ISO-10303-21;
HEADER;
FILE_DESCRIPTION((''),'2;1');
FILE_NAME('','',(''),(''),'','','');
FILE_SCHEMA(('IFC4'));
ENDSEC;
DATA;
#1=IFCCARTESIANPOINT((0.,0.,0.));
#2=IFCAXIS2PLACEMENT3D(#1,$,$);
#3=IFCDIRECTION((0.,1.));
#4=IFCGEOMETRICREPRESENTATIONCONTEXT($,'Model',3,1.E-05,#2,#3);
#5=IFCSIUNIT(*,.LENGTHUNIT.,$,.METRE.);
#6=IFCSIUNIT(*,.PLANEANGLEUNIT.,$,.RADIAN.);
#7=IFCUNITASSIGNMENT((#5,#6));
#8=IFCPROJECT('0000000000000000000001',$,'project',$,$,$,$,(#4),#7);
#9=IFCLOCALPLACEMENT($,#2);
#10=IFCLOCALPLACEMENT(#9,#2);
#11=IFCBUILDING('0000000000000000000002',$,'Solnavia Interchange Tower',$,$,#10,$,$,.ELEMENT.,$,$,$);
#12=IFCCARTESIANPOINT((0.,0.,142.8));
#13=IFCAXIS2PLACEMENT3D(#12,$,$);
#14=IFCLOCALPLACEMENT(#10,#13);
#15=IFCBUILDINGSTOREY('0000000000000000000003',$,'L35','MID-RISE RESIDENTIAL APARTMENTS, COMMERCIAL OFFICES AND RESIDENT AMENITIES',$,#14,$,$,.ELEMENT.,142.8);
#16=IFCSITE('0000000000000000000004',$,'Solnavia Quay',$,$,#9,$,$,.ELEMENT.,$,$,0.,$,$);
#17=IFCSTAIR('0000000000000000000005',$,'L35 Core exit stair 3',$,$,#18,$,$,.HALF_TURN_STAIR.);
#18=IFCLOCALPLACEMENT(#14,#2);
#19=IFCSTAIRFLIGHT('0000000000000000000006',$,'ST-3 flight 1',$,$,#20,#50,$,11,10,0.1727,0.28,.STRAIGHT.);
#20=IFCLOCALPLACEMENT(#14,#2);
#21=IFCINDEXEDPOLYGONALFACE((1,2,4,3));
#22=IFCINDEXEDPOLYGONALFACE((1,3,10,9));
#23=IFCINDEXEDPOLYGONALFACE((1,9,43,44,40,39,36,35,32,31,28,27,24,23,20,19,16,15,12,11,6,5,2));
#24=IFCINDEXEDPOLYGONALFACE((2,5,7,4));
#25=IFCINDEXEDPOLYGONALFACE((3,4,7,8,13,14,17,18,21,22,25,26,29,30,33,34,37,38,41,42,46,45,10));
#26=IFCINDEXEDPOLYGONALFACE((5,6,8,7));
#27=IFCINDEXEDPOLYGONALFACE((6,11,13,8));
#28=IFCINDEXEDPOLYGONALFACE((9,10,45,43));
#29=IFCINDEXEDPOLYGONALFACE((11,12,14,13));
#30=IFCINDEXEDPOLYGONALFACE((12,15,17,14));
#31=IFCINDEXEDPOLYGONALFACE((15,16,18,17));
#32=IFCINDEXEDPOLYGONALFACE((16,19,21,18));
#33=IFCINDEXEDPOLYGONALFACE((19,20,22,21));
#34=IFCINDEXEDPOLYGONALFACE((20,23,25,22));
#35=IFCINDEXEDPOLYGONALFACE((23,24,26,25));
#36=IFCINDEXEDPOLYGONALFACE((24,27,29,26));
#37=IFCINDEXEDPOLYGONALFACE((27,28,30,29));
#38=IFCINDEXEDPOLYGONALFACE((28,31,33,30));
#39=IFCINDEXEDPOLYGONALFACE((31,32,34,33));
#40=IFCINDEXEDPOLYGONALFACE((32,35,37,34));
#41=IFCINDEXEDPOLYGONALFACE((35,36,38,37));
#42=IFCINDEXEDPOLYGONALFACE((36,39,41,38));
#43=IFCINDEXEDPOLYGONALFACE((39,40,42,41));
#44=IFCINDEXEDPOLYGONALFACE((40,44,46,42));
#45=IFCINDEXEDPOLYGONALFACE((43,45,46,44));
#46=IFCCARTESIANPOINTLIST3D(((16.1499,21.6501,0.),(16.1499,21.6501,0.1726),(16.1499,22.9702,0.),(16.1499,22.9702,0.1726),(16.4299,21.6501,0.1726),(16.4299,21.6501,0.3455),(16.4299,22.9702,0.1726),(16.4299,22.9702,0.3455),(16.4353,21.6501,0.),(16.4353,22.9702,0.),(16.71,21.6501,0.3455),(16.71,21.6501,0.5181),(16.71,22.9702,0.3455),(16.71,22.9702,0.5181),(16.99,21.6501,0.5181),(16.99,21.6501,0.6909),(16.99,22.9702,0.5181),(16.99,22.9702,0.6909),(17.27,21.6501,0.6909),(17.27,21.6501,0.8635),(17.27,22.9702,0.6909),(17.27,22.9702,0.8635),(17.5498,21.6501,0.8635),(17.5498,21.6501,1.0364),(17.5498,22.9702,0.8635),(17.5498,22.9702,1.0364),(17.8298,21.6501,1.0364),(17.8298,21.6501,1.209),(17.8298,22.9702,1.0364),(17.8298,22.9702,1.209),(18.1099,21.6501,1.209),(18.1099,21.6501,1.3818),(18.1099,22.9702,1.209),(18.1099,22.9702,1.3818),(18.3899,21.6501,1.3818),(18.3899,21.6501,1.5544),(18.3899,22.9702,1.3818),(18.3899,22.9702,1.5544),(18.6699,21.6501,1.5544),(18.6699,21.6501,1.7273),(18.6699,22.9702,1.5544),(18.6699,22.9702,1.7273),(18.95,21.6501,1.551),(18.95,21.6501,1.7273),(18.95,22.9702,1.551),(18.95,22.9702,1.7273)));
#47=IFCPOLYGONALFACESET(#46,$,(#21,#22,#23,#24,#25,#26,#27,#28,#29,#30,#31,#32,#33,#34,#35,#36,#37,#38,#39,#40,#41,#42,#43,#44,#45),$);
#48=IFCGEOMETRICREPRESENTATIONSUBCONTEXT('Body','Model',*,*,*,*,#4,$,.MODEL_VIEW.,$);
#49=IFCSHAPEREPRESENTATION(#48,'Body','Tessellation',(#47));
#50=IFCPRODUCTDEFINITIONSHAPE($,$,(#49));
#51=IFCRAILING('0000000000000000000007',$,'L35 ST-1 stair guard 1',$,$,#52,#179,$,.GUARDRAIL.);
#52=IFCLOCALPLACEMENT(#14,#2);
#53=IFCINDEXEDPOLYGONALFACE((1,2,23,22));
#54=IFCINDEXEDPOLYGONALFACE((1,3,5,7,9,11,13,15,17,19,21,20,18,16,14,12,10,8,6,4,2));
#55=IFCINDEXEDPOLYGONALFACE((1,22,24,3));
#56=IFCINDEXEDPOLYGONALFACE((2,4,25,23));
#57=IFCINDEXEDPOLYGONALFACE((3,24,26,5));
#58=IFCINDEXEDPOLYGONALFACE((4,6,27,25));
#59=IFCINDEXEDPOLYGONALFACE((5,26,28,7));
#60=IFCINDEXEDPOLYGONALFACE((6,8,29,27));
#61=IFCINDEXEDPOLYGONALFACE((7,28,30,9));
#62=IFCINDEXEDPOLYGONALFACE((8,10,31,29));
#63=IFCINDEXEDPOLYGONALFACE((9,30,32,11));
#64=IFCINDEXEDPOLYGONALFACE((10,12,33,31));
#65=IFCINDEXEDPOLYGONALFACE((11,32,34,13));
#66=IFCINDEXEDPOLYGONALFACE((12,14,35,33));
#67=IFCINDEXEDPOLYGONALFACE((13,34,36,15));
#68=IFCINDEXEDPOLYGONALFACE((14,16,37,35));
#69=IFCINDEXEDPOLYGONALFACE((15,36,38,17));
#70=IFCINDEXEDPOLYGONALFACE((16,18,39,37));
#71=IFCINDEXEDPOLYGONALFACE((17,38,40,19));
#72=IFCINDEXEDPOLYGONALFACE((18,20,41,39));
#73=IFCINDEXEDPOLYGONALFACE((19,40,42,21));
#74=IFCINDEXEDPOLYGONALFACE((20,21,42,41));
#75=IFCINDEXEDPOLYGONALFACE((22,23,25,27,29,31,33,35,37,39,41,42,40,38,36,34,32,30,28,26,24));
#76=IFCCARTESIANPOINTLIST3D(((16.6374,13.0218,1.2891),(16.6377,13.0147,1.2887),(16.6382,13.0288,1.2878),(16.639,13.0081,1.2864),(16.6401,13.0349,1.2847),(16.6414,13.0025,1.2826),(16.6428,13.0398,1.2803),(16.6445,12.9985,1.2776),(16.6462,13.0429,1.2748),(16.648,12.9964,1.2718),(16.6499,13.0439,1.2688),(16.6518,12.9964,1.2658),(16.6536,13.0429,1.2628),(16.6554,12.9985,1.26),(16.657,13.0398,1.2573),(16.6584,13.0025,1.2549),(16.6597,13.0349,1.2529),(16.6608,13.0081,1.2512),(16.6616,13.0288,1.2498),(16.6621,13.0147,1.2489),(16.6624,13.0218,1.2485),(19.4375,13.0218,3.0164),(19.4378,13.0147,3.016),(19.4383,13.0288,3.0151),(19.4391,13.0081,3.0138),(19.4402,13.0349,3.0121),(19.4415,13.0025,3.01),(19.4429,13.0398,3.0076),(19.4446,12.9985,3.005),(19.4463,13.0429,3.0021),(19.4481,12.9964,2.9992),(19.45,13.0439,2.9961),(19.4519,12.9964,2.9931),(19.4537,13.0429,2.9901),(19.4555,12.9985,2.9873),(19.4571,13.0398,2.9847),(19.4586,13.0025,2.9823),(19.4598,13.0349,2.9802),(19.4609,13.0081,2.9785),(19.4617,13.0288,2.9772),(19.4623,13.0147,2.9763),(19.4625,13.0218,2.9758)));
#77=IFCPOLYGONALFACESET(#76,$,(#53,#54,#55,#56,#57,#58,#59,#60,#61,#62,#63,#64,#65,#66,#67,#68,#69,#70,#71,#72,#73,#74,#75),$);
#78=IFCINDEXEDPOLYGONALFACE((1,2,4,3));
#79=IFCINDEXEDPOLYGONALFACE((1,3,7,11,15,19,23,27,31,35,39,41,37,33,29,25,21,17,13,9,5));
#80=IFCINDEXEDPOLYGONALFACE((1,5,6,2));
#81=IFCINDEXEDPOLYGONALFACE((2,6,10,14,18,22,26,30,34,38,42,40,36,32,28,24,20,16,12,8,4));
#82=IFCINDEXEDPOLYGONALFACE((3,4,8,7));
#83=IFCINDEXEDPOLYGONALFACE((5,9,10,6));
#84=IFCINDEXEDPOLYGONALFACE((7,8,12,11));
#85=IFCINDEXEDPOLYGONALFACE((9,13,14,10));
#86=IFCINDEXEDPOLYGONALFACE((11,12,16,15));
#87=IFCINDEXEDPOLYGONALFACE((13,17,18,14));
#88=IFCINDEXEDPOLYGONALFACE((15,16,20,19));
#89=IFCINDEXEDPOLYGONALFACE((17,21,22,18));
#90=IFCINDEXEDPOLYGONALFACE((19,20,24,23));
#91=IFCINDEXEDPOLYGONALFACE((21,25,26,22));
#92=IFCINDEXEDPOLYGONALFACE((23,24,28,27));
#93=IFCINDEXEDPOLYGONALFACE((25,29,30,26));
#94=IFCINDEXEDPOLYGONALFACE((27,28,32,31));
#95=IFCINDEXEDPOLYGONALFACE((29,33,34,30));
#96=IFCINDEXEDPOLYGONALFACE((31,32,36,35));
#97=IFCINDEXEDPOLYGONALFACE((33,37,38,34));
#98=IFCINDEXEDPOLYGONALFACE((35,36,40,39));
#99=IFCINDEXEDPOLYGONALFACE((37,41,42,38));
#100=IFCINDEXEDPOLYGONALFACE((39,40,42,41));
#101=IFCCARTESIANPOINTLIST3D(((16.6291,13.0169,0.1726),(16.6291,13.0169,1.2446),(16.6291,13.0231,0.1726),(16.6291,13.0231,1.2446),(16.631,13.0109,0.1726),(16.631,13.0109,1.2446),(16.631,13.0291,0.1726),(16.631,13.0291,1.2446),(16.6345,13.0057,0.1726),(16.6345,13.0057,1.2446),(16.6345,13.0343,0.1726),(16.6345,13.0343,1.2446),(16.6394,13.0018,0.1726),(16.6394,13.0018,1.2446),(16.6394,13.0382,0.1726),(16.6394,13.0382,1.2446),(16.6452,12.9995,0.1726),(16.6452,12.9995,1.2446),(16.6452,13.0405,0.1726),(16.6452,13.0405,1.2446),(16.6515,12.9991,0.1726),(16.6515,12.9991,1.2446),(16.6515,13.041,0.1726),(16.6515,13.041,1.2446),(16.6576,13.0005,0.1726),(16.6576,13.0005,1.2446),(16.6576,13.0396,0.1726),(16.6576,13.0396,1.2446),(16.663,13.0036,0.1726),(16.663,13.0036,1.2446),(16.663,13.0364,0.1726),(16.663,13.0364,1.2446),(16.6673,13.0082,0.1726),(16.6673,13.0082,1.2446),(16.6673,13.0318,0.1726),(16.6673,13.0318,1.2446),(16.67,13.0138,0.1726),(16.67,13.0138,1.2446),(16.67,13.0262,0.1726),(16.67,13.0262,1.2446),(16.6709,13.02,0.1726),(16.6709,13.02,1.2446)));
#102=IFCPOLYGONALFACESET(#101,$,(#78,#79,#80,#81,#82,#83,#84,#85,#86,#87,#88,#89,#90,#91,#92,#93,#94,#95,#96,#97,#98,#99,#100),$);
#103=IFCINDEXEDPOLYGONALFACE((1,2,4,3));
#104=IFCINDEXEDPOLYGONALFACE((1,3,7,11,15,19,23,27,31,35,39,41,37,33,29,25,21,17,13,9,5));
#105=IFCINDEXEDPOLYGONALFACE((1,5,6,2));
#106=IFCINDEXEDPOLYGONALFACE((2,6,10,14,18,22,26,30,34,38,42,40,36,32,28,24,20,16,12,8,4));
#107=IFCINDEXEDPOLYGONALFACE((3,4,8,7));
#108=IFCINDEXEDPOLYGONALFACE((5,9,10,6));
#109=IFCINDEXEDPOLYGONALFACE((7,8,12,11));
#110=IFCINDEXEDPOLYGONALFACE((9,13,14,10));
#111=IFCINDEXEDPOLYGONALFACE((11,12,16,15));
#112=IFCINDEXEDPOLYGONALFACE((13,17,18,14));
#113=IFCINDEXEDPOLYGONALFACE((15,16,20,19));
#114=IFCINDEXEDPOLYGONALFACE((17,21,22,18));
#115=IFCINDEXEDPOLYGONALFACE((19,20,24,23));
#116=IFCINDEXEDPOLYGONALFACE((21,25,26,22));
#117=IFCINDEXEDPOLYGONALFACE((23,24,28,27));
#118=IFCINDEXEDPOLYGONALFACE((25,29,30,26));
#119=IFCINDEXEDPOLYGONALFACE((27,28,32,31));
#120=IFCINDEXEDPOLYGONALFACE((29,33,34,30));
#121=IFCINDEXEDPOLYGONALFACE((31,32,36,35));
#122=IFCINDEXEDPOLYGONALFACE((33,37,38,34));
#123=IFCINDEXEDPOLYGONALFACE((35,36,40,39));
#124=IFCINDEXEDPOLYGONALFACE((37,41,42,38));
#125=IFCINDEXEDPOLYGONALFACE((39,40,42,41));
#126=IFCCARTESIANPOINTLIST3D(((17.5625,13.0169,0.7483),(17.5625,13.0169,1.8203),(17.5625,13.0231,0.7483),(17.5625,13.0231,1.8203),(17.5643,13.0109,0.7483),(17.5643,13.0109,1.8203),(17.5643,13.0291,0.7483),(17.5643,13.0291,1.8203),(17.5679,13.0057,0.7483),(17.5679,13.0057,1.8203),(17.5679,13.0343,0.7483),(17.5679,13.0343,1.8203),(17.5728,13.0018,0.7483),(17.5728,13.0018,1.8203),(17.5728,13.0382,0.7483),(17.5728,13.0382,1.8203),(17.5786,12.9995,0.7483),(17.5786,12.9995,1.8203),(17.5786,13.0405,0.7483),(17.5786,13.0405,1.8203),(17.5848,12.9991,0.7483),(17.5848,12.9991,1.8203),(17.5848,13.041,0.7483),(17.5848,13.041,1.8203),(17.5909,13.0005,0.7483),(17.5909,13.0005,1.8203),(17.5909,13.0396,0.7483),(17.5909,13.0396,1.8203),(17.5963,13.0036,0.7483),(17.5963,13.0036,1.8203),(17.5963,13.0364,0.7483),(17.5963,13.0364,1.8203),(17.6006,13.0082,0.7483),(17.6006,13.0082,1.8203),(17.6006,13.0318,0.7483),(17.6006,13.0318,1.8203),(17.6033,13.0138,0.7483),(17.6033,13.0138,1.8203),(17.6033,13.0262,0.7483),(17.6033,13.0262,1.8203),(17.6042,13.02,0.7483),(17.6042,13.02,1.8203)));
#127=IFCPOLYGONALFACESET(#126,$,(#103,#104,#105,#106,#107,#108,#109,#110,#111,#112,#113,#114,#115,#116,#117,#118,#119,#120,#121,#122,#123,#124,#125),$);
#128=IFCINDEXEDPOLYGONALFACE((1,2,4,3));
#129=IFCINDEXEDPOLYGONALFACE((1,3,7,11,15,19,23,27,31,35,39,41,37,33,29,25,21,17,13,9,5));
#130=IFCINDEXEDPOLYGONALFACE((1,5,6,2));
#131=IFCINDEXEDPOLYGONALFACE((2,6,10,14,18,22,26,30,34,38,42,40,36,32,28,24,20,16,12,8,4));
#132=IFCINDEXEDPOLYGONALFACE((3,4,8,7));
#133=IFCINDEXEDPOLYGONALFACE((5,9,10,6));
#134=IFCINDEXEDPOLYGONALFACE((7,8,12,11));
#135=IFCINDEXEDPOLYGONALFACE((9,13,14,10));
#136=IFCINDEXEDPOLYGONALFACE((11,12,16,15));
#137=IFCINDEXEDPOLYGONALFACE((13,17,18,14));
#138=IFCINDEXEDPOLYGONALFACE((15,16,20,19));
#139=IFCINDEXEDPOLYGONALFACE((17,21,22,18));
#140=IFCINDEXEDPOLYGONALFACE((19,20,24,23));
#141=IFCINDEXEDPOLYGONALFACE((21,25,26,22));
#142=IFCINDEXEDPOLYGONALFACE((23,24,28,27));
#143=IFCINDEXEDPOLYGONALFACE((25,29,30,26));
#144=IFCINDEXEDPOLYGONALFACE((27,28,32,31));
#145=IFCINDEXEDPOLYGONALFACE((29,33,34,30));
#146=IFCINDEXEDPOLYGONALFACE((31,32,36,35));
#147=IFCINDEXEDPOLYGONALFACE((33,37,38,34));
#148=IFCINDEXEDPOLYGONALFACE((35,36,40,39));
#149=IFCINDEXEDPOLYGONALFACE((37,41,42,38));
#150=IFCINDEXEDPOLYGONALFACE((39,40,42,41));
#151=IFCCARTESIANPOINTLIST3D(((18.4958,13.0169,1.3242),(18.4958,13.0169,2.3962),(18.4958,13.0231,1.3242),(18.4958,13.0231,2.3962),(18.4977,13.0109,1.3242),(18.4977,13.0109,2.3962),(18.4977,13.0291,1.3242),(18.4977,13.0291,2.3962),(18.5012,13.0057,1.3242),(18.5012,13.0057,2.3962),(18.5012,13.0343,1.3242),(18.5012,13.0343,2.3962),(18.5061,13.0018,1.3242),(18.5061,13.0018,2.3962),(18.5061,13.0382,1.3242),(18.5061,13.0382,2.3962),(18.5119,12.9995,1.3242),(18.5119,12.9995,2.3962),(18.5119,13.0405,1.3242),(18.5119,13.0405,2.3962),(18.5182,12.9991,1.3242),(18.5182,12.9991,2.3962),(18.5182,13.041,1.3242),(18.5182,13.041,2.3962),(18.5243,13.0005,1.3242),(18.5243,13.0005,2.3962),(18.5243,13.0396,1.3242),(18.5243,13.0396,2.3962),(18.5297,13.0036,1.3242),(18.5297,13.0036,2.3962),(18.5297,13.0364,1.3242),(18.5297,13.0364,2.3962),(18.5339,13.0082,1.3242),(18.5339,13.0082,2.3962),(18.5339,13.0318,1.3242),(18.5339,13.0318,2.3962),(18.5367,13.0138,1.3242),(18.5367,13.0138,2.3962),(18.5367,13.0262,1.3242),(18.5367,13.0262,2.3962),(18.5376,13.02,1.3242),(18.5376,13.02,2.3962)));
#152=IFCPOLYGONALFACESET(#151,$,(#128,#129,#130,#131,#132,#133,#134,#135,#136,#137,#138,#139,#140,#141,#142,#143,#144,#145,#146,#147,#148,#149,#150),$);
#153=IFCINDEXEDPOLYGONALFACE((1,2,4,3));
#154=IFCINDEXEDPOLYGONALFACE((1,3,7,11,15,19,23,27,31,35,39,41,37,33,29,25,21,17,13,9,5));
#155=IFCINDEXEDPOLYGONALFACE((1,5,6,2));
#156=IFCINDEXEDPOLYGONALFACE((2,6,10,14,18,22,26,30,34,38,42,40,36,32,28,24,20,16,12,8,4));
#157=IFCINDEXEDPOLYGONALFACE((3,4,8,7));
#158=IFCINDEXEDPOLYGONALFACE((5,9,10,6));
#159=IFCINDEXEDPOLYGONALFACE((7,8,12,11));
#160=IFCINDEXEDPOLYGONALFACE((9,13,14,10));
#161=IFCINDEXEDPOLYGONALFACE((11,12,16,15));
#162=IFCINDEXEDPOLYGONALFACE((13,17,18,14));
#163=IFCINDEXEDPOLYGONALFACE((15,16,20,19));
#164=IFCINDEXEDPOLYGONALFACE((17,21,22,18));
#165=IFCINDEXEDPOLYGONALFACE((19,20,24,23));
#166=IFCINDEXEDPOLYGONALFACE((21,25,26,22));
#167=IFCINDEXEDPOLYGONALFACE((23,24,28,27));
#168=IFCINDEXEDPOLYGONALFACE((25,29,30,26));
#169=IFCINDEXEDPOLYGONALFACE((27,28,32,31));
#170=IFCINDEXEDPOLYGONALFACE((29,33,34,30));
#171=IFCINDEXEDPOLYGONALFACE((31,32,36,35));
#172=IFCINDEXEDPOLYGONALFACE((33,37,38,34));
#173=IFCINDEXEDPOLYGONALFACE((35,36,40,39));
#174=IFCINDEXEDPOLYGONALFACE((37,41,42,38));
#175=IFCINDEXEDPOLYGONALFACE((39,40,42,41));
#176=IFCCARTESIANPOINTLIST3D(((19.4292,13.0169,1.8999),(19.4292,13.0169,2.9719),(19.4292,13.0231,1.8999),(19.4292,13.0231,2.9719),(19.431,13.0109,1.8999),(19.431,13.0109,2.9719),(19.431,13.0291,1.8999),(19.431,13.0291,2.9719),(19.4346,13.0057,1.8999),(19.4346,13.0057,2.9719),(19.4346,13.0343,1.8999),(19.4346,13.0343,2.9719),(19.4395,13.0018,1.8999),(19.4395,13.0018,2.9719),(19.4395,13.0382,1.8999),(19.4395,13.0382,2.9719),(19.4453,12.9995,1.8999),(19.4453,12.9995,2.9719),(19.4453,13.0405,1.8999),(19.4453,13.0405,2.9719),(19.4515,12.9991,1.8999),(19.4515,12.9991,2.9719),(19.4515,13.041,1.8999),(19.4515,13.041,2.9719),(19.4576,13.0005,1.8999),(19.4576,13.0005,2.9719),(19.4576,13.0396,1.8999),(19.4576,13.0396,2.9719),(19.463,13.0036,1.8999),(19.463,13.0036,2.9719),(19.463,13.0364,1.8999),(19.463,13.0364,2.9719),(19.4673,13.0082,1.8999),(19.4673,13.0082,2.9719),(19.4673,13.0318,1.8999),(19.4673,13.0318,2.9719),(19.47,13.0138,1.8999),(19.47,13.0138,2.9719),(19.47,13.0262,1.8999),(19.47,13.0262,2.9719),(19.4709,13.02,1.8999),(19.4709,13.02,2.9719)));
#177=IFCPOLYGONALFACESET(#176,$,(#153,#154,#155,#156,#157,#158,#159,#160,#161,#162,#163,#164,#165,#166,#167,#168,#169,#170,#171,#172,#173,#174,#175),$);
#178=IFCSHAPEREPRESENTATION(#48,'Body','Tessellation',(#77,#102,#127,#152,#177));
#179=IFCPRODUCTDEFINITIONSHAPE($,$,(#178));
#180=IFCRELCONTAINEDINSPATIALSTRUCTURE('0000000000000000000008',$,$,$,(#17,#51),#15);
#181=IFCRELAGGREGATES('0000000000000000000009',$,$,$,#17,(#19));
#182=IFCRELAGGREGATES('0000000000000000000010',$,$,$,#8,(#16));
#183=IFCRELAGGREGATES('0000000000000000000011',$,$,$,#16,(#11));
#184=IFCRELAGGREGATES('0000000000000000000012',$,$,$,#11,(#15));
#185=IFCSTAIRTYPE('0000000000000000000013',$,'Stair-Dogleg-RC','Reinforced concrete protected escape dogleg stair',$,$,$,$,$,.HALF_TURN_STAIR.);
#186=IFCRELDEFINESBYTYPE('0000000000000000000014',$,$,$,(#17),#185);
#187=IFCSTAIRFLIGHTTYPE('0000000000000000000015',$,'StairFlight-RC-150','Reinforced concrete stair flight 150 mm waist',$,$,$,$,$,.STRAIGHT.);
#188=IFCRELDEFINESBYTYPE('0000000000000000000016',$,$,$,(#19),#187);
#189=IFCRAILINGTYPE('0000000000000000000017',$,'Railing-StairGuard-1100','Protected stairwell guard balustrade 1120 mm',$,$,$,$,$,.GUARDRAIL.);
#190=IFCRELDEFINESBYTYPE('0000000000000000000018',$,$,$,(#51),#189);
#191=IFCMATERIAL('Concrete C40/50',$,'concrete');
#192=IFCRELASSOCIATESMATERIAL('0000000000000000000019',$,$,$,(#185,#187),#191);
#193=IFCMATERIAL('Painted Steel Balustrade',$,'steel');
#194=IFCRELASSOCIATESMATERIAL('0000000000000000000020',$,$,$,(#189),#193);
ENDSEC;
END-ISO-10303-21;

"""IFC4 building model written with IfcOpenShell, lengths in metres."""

from ifc_helpers import new_model, si_unit, direction, frame, origin, origin_2d, place, context, subcontext, project, spatial, polyline, circle, outline, extrude, material, type_object, element, aggregate, save


model = new_model("IFC4")

# Units and contexts
model_context = context("Model", 3, precision=1e-05, world=origin(), true_north=direction((0.0, 1.0)))
body_context = subcontext(model_context, "Body", "Model", "MODEL_VIEW")
ifc_project = project(units=[si_unit("LENGTHUNIT", "METRE"), si_unit("PLANEANGLEUNIT", "RADIAN")], contexts=[model_context])

# Site, building, storey
site_placement = place(None, origin())
site = spatial("IfcSite", under=ifc_project, at=site_placement, Name="Solnavia Quay", CompositionType="ELEMENT", RefElevation=0.0)
building_placement = place(site_placement, origin())
building = spatial("IfcBuilding", under=site, at=building_placement, Name="Solnavia Interchange Tower", CompositionType="ELEMENT")
storey_placement = place(building_placement, frame((0.0, 0.0, 142.8)))
storey = spatial("IfcBuildingStorey", under=building, at=storey_placement, Name="L35", Description="MID-RISE RESIDENTIAL APARTMENTS, COMMERCIAL OFFICES AND RESIDENT AMENITIES", CompositionType="ELEMENT", Elevation=142.8)

# Shared definitions
ifc_material_1 = material(Name="Concrete C40/50", Category="concrete")

# Stair, stair flight
stair_type = type_object("IfcStairType", Name="Stair-Dogleg-RC", Description="Reinforced concrete protected escape dogleg stair", PredefinedType="HALF_TURN_STAIR", material=ifc_material_1)
stair_flight_type = type_object("IfcStairFlightType", Name="StairFlight-RC-150", Description="Reinforced concrete stair flight 150 mm waist", PredefinedType="STRAIGHT", material=ifc_material_1)
stair_1_placement = place(storey_placement, origin())
stair_1 = element("IfcStair", 1, at=stair_1_placement, inside=storey, type_object=stair_type, Name="L35 Core exit stair 3", PredefinedType="HALF_TURN_STAIR")
stair_flight_1_placement = place(storey_placement, frame((16.1499, 22.3101, 0.0), z_axis=(0.0, 0.0, 1.0), x_axis=(1.0, 0.0, 0.0)))
stair_flight_1 = element("IfcStairFlight", 2, at=stair_flight_1_placement, type_object=stair_flight_type, Name="ST-3 flight 1", NumberOfRisers=11, NumberOfTreads=10, PredefinedType="STRAIGHT", RiserHeight=0.1727, TreadLength=0.28, context=body_context, shape_type="SweptSolid", body=[
    extrude(outline(polyline([(0.0, 0.0), (0.0, 0.1726), (0.28, 0.1726), (0.28, 0.3455), (0.5601, 0.3455), (0.5601, 0.5181), (0.8401, 0.5181), (0.8401, 0.6909), (1.1201, 0.6909), (1.1201, 0.8635), (1.3999, 0.8635), (1.3999, 1.0364), (1.6799, 1.0364), (1.6799, 1.209), (1.96, 1.209), (1.96, 1.3818), (2.24, 1.3818), (2.24, 1.5544), (2.52, 1.5544), (2.52, 1.7273), (2.8, 1.7273), (2.8, 1.8999), (2.8, 1.551), (0.2854, 0.0), (0.0, 0.0)])), frame((0.0, 0.6602, 0.0), z_axis=(0.0, -1.0, 0.0), x_axis=(1.0, 0.0, 0.0)), (0.0, 0.0, 1.0), 1.3201),
])
aggregate(stair_1, [stair_flight_1])

# Railing
ifc_material_2 = material(Name="Painted Steel Balustrade", Category="steel")
railing_type_1 = type_object("IfcRailingType", Name="Railing-StairGuard-1100", Description="Protected stairwell guard balustrade 1120 mm", PredefinedType="GUARDRAIL", material=ifc_material_2)
railing_1_placement = place(storey_placement, frame((16.6499, 13.02, 0.1726)))
element("IfcRailing", 3, at=railing_1_placement, inside=storey, type_object=railing_type_1, Name="L35 ST-1 stair guard 1", PredefinedType="GUARDRAIL", context=body_context, shape_type="SweptSolid", body=[
    extrude(circle(Radius=0.0239, at=origin_2d()), frame((0.0, 0.0, 1.0962), z_axis=(0.85109, 0.0, 0.52502), x_axis=(0.0, 1.0, 0.0)), (0.0, 0.0, 1.0), 3.29),
    extrude(circle(Radius=0.021, at=origin_2d()), origin(), (0.0, 0.0, 1.0), 1.072),
    extrude(circle(Radius=0.021, at=origin_2d()), frame((0.9333, 0.0, 0.5757)), (0.0, 0.0, 1.0), 1.072),
    extrude(circle(Radius=0.021, at=origin_2d()), frame((1.8667, 0.0, 1.1516)), (0.0, 0.0, 1.0), 1.072),
    extrude(circle(Radius=0.021, at=origin_2d()), frame((2.8, 0.0, 1.7273)), (0.0, 0.0, 1.0), 1.072),
])

save(model, "model.ifc")
